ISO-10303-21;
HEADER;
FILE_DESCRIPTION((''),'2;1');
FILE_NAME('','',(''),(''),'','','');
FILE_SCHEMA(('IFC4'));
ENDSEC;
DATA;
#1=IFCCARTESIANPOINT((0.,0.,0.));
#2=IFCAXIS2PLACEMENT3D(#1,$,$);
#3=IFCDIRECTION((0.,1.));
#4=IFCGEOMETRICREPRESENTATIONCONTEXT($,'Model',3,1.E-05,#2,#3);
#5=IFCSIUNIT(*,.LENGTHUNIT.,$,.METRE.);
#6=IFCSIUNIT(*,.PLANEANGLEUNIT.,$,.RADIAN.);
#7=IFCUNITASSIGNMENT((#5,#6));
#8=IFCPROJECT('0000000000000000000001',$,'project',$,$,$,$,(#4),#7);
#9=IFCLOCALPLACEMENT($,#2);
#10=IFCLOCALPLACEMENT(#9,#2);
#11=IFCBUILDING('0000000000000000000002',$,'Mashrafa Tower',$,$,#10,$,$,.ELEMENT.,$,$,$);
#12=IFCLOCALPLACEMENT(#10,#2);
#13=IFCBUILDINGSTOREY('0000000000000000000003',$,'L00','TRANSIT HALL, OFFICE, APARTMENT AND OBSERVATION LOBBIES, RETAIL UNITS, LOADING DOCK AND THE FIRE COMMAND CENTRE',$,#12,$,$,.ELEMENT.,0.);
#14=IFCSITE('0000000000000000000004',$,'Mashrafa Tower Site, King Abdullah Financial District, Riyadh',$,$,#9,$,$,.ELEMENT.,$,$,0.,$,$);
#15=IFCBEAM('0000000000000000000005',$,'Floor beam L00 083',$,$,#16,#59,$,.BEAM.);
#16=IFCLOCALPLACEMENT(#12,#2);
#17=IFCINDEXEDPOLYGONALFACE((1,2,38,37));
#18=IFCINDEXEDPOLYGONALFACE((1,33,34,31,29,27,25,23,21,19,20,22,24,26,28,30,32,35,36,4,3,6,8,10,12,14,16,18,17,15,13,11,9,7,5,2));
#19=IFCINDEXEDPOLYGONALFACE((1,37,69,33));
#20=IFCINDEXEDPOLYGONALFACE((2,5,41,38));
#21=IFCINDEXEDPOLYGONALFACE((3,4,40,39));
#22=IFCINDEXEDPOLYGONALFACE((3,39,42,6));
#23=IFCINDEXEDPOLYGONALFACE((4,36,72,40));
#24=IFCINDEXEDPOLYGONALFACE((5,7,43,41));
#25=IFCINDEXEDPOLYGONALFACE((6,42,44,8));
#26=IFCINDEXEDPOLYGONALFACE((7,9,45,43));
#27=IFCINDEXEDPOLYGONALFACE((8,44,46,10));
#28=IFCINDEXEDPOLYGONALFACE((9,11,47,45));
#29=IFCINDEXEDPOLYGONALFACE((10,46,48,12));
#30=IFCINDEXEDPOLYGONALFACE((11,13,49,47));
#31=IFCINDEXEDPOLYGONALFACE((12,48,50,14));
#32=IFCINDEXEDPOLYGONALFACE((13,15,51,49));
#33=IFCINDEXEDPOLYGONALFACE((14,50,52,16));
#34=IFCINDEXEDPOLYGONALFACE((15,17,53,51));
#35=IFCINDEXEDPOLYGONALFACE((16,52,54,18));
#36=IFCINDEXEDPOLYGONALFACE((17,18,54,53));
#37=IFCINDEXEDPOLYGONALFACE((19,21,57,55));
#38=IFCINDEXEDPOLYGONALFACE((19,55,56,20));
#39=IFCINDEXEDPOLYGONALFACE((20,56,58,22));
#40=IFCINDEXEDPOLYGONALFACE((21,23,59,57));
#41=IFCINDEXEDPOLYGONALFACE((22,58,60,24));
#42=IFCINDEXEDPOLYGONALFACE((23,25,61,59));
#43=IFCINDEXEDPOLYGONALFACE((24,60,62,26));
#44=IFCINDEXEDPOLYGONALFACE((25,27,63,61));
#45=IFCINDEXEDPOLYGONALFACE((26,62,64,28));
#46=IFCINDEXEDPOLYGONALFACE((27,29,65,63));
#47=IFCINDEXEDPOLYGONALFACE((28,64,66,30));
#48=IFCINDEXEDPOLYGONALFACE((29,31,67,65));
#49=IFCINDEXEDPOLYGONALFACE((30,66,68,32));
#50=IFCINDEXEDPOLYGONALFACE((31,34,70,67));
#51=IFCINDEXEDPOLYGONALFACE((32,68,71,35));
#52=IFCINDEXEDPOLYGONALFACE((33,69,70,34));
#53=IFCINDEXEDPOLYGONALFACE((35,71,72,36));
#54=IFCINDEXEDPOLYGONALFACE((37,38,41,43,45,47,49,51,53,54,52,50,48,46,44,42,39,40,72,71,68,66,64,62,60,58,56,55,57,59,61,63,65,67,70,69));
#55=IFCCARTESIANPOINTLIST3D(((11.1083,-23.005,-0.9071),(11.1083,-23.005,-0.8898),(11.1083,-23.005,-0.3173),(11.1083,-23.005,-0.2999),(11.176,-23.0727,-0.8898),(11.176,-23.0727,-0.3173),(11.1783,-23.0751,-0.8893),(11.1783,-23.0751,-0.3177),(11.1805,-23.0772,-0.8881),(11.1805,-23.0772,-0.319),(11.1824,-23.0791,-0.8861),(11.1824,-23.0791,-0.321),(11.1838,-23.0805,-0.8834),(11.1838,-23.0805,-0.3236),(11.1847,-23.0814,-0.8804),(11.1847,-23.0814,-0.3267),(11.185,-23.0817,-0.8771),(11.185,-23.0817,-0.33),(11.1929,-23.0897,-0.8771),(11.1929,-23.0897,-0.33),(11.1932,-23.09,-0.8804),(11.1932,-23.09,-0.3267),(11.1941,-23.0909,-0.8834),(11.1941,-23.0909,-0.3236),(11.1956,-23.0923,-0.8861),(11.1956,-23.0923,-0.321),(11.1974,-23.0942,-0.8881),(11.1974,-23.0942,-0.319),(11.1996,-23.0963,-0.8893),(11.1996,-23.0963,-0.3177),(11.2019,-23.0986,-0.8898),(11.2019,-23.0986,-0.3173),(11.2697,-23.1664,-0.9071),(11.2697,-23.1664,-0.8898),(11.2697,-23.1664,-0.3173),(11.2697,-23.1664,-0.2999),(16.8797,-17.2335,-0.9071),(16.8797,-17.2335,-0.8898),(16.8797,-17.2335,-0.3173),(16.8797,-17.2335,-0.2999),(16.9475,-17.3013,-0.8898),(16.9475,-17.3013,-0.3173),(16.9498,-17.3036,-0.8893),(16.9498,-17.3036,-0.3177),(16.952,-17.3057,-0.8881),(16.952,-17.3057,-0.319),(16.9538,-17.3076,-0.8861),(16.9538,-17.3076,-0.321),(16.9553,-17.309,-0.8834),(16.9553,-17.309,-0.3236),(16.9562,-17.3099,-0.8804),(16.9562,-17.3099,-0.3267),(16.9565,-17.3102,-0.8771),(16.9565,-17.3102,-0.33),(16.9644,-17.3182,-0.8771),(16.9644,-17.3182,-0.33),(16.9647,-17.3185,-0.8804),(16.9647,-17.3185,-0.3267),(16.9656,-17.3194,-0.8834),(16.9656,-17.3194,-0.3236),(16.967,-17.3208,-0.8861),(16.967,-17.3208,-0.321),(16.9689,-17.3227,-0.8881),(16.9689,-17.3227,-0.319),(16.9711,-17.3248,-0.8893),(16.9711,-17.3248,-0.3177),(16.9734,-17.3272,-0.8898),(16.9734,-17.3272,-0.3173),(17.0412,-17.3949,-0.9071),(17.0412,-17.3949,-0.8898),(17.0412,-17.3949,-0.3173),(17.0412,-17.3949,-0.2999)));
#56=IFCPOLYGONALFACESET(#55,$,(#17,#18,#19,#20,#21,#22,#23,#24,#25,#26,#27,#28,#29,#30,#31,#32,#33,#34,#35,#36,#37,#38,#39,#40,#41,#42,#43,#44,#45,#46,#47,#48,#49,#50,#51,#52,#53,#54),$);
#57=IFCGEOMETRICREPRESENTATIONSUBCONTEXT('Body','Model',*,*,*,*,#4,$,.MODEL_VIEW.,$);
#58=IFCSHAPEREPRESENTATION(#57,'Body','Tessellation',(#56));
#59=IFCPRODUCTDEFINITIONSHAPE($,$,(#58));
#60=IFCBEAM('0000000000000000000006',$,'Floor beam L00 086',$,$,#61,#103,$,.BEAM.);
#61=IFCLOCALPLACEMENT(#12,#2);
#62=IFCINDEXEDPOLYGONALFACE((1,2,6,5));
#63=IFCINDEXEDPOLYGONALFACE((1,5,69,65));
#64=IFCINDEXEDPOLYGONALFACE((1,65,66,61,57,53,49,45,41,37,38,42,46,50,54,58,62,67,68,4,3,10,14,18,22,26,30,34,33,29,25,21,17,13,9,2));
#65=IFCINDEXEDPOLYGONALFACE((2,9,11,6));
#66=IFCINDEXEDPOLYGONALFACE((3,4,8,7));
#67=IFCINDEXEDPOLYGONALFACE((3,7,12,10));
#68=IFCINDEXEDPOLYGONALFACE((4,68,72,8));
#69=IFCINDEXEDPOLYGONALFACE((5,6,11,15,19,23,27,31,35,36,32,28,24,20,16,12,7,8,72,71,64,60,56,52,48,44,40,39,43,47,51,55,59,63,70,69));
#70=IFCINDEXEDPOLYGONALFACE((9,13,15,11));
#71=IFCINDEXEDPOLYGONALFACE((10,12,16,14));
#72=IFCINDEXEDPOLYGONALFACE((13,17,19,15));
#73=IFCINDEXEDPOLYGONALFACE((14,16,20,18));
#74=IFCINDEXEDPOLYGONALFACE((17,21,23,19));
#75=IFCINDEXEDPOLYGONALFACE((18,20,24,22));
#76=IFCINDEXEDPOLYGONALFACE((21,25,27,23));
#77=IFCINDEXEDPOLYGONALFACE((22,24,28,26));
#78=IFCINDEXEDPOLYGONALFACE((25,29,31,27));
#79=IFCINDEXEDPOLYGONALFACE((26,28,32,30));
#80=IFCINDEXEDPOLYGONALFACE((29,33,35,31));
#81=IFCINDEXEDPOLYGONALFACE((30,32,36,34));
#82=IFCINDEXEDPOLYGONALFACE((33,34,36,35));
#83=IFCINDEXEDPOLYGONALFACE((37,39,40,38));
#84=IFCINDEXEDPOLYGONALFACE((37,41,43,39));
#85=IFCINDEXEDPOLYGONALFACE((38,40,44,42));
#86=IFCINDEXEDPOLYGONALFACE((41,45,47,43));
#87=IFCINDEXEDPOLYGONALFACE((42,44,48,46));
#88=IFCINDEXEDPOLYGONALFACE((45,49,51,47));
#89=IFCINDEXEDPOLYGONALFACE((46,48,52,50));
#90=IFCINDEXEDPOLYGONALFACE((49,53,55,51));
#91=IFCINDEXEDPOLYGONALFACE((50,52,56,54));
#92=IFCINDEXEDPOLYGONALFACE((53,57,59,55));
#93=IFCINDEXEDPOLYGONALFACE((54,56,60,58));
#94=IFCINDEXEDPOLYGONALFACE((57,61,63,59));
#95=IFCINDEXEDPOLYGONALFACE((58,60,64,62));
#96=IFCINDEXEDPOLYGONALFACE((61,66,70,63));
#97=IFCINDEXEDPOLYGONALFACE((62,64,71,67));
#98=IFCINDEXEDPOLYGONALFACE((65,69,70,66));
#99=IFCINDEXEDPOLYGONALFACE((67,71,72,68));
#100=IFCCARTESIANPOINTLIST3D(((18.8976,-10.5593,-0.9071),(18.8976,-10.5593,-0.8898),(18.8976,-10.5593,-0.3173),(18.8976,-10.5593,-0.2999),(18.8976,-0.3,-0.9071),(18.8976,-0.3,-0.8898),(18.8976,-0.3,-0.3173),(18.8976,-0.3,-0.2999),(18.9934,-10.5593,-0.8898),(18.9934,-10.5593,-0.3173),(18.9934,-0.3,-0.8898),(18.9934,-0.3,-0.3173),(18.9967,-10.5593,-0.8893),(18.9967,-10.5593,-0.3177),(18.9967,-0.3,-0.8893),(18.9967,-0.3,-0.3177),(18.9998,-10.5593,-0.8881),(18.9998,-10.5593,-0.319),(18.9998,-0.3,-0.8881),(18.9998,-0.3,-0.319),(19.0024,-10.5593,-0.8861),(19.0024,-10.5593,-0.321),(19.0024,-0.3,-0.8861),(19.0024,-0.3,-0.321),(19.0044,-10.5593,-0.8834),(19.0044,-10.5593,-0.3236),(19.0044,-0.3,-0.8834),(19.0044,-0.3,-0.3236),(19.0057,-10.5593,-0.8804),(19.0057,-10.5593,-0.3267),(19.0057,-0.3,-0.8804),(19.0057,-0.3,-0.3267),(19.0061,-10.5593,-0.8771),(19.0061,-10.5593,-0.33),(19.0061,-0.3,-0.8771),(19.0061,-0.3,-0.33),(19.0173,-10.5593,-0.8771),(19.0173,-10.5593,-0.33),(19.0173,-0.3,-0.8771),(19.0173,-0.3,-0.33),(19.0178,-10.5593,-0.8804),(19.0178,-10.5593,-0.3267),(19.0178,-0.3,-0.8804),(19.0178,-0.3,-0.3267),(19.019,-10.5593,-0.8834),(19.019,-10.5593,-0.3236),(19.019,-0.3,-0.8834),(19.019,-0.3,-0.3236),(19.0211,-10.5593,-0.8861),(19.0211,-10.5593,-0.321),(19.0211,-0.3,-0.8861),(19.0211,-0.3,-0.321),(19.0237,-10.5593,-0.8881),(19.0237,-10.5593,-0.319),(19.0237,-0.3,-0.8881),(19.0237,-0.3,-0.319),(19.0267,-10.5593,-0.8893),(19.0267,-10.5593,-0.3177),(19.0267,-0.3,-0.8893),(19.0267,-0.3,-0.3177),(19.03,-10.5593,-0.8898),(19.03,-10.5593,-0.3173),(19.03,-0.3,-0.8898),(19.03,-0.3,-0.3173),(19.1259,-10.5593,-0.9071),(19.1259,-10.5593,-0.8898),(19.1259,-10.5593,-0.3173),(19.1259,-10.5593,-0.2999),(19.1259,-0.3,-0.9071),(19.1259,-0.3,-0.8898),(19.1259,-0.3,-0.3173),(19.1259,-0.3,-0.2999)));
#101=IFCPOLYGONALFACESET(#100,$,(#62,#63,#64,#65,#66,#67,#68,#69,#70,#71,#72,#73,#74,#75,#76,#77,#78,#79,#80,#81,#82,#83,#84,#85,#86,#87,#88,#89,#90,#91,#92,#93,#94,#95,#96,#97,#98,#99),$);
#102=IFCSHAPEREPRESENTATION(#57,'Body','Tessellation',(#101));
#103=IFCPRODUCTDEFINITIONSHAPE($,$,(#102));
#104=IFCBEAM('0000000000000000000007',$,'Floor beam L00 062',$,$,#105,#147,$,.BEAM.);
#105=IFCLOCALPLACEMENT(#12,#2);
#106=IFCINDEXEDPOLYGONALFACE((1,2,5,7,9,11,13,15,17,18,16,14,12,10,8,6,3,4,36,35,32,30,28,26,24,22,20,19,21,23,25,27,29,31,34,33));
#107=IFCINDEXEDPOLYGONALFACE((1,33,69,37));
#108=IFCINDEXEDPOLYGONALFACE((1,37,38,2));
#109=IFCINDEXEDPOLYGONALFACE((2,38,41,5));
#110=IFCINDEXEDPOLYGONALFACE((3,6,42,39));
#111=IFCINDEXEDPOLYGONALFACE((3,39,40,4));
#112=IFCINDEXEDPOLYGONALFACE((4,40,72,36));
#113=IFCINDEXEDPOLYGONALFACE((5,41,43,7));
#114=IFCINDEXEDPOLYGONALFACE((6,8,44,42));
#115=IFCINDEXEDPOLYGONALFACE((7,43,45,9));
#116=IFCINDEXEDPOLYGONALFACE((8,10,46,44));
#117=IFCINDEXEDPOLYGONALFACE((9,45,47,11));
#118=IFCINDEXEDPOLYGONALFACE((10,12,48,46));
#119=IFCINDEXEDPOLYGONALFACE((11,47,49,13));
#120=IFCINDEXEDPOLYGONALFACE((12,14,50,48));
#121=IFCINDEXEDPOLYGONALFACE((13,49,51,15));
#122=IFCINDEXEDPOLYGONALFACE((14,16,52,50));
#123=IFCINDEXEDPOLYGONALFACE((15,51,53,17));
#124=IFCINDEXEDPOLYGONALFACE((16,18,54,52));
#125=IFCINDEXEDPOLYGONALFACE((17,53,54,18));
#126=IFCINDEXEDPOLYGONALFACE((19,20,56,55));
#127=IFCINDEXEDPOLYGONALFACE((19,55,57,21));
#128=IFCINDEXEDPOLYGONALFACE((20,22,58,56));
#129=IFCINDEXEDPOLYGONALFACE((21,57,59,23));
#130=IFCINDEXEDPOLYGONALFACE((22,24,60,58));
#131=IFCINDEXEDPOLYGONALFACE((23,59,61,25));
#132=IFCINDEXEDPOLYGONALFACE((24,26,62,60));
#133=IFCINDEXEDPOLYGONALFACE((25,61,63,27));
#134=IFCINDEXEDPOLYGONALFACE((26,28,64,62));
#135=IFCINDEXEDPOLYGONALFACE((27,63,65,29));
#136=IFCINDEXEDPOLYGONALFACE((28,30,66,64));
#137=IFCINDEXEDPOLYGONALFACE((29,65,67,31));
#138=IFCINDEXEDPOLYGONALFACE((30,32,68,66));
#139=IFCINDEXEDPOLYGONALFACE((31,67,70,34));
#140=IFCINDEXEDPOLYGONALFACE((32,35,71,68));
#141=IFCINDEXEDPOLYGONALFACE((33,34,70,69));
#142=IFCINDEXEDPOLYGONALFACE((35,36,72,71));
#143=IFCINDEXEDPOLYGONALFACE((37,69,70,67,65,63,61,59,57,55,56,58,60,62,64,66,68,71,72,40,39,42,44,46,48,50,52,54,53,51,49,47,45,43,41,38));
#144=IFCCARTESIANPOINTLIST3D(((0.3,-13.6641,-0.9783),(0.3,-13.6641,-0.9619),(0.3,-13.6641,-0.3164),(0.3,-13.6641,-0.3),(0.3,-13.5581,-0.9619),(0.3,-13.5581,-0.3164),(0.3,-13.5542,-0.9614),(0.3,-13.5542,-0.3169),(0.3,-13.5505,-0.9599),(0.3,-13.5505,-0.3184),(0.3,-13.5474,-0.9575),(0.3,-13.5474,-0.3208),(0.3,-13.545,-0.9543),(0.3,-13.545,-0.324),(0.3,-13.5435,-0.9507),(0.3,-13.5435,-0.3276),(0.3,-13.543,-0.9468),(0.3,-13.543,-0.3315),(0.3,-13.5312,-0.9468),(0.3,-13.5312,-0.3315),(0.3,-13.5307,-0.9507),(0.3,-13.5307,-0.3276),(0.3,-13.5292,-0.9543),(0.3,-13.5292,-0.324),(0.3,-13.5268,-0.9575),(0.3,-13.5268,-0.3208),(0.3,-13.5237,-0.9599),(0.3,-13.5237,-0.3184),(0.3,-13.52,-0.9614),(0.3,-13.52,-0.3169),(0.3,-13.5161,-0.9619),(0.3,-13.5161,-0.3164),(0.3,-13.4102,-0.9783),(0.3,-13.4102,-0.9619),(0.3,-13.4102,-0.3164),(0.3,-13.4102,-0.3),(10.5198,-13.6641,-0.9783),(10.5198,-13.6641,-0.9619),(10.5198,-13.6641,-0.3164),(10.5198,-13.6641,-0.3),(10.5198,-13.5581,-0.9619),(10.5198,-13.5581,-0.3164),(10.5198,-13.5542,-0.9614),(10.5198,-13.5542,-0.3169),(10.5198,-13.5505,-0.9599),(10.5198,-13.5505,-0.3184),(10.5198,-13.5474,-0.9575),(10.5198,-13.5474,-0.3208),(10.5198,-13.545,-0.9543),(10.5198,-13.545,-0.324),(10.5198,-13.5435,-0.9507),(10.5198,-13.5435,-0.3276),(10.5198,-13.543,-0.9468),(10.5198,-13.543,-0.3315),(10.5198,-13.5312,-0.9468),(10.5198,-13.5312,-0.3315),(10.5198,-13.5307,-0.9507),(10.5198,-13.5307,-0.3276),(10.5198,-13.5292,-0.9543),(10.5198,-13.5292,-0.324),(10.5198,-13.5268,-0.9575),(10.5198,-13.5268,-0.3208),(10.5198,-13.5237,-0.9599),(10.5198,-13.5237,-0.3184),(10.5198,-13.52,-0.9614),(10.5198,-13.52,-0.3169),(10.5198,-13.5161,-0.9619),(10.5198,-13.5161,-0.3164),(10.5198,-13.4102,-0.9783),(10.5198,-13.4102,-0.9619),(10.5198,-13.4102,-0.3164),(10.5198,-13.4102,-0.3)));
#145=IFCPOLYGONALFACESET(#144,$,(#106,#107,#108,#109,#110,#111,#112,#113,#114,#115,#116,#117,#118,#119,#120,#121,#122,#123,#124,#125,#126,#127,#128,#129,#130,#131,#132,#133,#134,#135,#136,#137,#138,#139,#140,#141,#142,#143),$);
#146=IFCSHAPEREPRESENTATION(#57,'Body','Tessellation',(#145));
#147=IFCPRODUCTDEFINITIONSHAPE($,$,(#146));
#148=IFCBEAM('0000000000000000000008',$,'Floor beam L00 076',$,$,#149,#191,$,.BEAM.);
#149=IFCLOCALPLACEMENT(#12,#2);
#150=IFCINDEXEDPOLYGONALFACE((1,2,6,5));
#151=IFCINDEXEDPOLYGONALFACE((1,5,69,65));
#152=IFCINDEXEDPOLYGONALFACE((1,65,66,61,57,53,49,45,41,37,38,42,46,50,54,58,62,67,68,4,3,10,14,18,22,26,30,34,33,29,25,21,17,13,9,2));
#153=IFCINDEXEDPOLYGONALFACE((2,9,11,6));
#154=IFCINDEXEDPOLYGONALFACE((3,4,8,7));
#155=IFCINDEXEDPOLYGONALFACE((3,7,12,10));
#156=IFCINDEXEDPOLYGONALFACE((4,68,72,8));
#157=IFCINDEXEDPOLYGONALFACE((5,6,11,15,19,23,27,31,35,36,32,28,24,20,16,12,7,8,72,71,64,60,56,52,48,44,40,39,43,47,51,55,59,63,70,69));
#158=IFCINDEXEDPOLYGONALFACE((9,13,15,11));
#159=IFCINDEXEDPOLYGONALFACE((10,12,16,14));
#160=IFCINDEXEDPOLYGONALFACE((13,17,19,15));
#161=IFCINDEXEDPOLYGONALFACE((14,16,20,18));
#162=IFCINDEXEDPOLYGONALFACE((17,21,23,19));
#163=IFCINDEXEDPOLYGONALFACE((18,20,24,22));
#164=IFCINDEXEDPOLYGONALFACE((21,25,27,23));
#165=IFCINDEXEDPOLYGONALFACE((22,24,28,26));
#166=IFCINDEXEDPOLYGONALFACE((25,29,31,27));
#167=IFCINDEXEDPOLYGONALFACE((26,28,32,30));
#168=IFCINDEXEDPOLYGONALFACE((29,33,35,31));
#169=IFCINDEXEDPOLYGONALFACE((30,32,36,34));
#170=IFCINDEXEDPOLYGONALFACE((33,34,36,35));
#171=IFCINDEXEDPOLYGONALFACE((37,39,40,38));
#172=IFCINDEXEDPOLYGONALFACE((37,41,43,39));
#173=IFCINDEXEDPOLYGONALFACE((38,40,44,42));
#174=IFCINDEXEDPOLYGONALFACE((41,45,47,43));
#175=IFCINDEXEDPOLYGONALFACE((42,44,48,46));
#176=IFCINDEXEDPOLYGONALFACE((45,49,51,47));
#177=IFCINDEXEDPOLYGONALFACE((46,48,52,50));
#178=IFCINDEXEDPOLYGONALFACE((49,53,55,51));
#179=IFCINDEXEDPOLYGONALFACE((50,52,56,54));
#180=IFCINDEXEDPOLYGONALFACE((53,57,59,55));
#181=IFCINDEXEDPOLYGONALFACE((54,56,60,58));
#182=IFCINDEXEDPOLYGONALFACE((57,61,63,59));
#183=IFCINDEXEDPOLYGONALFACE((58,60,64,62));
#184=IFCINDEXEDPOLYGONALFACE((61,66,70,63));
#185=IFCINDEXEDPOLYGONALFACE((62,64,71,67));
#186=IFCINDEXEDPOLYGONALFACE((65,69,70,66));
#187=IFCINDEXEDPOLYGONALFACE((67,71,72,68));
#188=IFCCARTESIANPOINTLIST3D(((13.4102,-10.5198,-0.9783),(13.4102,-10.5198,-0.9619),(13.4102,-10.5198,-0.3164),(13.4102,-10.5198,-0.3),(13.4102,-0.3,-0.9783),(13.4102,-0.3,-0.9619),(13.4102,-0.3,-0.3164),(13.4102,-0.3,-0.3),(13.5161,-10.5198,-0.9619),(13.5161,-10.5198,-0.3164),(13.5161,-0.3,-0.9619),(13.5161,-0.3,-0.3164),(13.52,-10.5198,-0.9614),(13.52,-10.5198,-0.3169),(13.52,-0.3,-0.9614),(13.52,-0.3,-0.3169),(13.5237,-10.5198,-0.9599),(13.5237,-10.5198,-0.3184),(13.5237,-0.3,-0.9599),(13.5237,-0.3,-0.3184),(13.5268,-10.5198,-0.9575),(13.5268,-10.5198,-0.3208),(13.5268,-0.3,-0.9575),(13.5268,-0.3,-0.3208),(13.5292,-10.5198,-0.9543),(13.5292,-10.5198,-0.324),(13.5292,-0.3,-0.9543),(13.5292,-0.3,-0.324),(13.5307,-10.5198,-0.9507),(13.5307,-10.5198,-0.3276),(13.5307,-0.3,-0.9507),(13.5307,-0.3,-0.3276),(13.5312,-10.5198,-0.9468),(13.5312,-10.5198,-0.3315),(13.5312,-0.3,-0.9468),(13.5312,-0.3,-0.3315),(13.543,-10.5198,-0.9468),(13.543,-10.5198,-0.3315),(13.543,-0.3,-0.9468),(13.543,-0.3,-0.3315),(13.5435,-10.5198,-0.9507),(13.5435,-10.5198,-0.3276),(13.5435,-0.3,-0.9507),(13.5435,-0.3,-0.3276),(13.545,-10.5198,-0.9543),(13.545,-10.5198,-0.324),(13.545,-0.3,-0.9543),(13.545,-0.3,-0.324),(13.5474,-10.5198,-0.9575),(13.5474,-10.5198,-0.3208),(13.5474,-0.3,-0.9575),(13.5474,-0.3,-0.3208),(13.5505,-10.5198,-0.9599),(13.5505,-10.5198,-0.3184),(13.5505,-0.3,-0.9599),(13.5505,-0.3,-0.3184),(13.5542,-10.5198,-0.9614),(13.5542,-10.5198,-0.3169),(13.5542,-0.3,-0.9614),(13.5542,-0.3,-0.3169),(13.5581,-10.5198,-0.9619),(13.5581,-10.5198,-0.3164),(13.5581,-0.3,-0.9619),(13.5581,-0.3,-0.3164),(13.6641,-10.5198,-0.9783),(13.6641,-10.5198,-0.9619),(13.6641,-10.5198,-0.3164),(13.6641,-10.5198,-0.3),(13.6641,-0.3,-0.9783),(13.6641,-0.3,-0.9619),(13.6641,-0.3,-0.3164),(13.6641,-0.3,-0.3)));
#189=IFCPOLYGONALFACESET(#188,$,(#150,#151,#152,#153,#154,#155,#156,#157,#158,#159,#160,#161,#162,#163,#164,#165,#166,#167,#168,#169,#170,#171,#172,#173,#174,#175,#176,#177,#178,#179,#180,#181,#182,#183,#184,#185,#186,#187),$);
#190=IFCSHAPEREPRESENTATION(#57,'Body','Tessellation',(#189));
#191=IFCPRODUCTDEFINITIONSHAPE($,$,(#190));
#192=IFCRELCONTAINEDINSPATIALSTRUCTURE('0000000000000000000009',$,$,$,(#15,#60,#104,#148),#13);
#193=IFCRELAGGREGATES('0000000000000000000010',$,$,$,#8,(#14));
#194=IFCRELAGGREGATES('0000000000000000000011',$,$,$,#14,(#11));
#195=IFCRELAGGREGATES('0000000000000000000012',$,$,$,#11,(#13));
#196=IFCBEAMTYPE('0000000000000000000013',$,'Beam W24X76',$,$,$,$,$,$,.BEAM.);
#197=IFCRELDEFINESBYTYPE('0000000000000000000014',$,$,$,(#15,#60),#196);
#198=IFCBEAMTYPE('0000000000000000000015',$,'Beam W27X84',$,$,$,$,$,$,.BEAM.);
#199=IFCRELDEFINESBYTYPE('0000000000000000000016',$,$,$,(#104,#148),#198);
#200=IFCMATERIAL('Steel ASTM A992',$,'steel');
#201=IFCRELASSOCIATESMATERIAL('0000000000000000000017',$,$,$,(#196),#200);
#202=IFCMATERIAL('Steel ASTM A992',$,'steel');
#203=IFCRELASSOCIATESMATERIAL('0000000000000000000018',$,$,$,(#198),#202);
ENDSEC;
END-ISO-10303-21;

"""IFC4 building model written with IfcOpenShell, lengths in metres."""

from ifc_helpers import new_model, si_unit, direction, frame, origin, origin_2d, place, context, subcontext, project, spatial, i_section, extrude, material, material_profile, profile_set, type_object, element, save


model = new_model("IFC4")

# Units and contexts
model_context = context("Model", 3, precision=1e-05, world=origin(), true_north=direction((0.0, 1.0)))
body_context = subcontext(model_context, "Body", "Model", "MODEL_VIEW")
ifc_project = project(units=[si_unit("LENGTHUNIT", "METRE"), si_unit("PLANEANGLEUNIT", "RADIAN")], contexts=[model_context])

# Site, building, storey
site_placement = place(None, origin())
site = spatial("IfcSite", under=ifc_project, at=site_placement, Name="Mashrafa Tower Site, King Abdullah Financial District, Riyadh", CompositionType="ELEMENT", RefElevation=0.0)
building_placement = place(site_placement, origin())
building = spatial("IfcBuilding", under=site, at=building_placement, Name="Mashrafa Tower", CompositionType="ELEMENT")
storey_placement = place(building_placement, origin())
storey = spatial("IfcBuildingStorey", under=building, at=storey_placement, Name="L00", Description="TRANSIT HALL, OFFICE, APARTMENT AND OBSERVATION LOBBIES, RETAIL UNITS, LOADING DOCK AND THE FIRE COMMAND CENTRE", CompositionType="ELEMENT", Elevation=0.0)

# Beams
ifc_material_1 = material(Name="Steel ASTM A992", Category="steel")
ifc_material_profile_1 = material_profile(ifc_material_1, i_section(OverallWidth=0.2283, OverallDepth=0.6072, WebThickness=0.0112, FlangeThickness=0.0173, FilletRadius=0.0127, at=origin_2d()), Name="W24X76")
ifc_profile_set_1 = profile_set([ifc_material_profile_1], Name="Steel ASTM A992")
beam_type_1 = type_object("IfcBeamType", Name="Beam W24X76", PredefinedType="BEAM", material=ifc_profile_set_1)
beam_1_placement = place(storey_placement, frame((16.9604, -17.3142, -0.6035), z_axis=(-0.707107, -0.707107, 0.0), x_axis=(0.707107, -0.707107, 0.0)))
element("IfcBeam", 1, at=beam_1_placement, inside=storey, type_object=beam_type_1, Name="Floor beam L00 083", PredefinedType="BEAM", context=body_context, shape_type="SweptSolid", body=[
    extrude(i_section(OverallWidth=0.2283, OverallDepth=0.6072, WebThickness=0.0112, FlangeThickness=0.0173, FilletRadius=0.0127, at=origin_2d()), origin(), (0.0, 0.0, 1.0), 8.1621),
])
beam_2_placement = place(storey_placement, frame((19.0117, -0.3, -0.6035), z_axis=(0.0, -1.0, 0.0), x_axis=(1.0, 0.0, 0.0)))
element("IfcBeam", 2, at=beam_2_placement, inside=storey, type_object=beam_type_1, Name="Floor beam L00 086", PredefinedType="BEAM", context=body_context, shape_type="SweptSolid", body=[
    extrude(i_section(OverallWidth=0.2283, OverallDepth=0.6072, WebThickness=0.0112, FlangeThickness=0.0173, FilletRadius=0.0127, at=origin_2d()), origin(), (0.0, 0.0, 1.0), 10.2593),
])
ifc_material_2 = material(Name="Steel ASTM A992", Category="steel")
ifc_material_profile_2 = material_profile(ifc_material_2, i_section(OverallWidth=0.2539, OverallDepth=0.6782, WebThickness=0.0117, FlangeThickness=0.0164, FilletRadius=0.0151, at=origin_2d()), Name="W27X84")
ifc_profile_set_2 = profile_set([ifc_material_profile_2], Name="Steel ASTM A992")
beam_type_2 = type_object("IfcBeamType", Name="Beam W27X84", PredefinedType="BEAM", material=ifc_profile_set_2)
for number, where, z_axis, x_axis, name in (
    (3, (10.5198, -13.5371, -0.6392), (-1.0, 0.0, 0.0), (0.0, -1.0, 0.0), "Floor beam L00 062"),
    (4, (13.5371, -0.3, -0.6392), (0.0, -1.0, 0.0), (1.0, 0.0, 0.0), "Floor beam L00 076"),
):
    element("IfcBeam", number, at=place(storey_placement, frame(where, z_axis=z_axis, x_axis=x_axis)), inside=storey, type_object=beam_type_2, Name=name, PredefinedType="BEAM", context=body_context, shape_type="SweptSolid", body=[
        extrude(i_section(OverallWidth=0.2539, OverallDepth=0.6782, WebThickness=0.0117, FlangeThickness=0.0164, FilletRadius=0.0151, at=origin_2d()), origin(), (0.0, 0.0, 1.0), 10.2197),
    ])

save(model, "model.ifc")
